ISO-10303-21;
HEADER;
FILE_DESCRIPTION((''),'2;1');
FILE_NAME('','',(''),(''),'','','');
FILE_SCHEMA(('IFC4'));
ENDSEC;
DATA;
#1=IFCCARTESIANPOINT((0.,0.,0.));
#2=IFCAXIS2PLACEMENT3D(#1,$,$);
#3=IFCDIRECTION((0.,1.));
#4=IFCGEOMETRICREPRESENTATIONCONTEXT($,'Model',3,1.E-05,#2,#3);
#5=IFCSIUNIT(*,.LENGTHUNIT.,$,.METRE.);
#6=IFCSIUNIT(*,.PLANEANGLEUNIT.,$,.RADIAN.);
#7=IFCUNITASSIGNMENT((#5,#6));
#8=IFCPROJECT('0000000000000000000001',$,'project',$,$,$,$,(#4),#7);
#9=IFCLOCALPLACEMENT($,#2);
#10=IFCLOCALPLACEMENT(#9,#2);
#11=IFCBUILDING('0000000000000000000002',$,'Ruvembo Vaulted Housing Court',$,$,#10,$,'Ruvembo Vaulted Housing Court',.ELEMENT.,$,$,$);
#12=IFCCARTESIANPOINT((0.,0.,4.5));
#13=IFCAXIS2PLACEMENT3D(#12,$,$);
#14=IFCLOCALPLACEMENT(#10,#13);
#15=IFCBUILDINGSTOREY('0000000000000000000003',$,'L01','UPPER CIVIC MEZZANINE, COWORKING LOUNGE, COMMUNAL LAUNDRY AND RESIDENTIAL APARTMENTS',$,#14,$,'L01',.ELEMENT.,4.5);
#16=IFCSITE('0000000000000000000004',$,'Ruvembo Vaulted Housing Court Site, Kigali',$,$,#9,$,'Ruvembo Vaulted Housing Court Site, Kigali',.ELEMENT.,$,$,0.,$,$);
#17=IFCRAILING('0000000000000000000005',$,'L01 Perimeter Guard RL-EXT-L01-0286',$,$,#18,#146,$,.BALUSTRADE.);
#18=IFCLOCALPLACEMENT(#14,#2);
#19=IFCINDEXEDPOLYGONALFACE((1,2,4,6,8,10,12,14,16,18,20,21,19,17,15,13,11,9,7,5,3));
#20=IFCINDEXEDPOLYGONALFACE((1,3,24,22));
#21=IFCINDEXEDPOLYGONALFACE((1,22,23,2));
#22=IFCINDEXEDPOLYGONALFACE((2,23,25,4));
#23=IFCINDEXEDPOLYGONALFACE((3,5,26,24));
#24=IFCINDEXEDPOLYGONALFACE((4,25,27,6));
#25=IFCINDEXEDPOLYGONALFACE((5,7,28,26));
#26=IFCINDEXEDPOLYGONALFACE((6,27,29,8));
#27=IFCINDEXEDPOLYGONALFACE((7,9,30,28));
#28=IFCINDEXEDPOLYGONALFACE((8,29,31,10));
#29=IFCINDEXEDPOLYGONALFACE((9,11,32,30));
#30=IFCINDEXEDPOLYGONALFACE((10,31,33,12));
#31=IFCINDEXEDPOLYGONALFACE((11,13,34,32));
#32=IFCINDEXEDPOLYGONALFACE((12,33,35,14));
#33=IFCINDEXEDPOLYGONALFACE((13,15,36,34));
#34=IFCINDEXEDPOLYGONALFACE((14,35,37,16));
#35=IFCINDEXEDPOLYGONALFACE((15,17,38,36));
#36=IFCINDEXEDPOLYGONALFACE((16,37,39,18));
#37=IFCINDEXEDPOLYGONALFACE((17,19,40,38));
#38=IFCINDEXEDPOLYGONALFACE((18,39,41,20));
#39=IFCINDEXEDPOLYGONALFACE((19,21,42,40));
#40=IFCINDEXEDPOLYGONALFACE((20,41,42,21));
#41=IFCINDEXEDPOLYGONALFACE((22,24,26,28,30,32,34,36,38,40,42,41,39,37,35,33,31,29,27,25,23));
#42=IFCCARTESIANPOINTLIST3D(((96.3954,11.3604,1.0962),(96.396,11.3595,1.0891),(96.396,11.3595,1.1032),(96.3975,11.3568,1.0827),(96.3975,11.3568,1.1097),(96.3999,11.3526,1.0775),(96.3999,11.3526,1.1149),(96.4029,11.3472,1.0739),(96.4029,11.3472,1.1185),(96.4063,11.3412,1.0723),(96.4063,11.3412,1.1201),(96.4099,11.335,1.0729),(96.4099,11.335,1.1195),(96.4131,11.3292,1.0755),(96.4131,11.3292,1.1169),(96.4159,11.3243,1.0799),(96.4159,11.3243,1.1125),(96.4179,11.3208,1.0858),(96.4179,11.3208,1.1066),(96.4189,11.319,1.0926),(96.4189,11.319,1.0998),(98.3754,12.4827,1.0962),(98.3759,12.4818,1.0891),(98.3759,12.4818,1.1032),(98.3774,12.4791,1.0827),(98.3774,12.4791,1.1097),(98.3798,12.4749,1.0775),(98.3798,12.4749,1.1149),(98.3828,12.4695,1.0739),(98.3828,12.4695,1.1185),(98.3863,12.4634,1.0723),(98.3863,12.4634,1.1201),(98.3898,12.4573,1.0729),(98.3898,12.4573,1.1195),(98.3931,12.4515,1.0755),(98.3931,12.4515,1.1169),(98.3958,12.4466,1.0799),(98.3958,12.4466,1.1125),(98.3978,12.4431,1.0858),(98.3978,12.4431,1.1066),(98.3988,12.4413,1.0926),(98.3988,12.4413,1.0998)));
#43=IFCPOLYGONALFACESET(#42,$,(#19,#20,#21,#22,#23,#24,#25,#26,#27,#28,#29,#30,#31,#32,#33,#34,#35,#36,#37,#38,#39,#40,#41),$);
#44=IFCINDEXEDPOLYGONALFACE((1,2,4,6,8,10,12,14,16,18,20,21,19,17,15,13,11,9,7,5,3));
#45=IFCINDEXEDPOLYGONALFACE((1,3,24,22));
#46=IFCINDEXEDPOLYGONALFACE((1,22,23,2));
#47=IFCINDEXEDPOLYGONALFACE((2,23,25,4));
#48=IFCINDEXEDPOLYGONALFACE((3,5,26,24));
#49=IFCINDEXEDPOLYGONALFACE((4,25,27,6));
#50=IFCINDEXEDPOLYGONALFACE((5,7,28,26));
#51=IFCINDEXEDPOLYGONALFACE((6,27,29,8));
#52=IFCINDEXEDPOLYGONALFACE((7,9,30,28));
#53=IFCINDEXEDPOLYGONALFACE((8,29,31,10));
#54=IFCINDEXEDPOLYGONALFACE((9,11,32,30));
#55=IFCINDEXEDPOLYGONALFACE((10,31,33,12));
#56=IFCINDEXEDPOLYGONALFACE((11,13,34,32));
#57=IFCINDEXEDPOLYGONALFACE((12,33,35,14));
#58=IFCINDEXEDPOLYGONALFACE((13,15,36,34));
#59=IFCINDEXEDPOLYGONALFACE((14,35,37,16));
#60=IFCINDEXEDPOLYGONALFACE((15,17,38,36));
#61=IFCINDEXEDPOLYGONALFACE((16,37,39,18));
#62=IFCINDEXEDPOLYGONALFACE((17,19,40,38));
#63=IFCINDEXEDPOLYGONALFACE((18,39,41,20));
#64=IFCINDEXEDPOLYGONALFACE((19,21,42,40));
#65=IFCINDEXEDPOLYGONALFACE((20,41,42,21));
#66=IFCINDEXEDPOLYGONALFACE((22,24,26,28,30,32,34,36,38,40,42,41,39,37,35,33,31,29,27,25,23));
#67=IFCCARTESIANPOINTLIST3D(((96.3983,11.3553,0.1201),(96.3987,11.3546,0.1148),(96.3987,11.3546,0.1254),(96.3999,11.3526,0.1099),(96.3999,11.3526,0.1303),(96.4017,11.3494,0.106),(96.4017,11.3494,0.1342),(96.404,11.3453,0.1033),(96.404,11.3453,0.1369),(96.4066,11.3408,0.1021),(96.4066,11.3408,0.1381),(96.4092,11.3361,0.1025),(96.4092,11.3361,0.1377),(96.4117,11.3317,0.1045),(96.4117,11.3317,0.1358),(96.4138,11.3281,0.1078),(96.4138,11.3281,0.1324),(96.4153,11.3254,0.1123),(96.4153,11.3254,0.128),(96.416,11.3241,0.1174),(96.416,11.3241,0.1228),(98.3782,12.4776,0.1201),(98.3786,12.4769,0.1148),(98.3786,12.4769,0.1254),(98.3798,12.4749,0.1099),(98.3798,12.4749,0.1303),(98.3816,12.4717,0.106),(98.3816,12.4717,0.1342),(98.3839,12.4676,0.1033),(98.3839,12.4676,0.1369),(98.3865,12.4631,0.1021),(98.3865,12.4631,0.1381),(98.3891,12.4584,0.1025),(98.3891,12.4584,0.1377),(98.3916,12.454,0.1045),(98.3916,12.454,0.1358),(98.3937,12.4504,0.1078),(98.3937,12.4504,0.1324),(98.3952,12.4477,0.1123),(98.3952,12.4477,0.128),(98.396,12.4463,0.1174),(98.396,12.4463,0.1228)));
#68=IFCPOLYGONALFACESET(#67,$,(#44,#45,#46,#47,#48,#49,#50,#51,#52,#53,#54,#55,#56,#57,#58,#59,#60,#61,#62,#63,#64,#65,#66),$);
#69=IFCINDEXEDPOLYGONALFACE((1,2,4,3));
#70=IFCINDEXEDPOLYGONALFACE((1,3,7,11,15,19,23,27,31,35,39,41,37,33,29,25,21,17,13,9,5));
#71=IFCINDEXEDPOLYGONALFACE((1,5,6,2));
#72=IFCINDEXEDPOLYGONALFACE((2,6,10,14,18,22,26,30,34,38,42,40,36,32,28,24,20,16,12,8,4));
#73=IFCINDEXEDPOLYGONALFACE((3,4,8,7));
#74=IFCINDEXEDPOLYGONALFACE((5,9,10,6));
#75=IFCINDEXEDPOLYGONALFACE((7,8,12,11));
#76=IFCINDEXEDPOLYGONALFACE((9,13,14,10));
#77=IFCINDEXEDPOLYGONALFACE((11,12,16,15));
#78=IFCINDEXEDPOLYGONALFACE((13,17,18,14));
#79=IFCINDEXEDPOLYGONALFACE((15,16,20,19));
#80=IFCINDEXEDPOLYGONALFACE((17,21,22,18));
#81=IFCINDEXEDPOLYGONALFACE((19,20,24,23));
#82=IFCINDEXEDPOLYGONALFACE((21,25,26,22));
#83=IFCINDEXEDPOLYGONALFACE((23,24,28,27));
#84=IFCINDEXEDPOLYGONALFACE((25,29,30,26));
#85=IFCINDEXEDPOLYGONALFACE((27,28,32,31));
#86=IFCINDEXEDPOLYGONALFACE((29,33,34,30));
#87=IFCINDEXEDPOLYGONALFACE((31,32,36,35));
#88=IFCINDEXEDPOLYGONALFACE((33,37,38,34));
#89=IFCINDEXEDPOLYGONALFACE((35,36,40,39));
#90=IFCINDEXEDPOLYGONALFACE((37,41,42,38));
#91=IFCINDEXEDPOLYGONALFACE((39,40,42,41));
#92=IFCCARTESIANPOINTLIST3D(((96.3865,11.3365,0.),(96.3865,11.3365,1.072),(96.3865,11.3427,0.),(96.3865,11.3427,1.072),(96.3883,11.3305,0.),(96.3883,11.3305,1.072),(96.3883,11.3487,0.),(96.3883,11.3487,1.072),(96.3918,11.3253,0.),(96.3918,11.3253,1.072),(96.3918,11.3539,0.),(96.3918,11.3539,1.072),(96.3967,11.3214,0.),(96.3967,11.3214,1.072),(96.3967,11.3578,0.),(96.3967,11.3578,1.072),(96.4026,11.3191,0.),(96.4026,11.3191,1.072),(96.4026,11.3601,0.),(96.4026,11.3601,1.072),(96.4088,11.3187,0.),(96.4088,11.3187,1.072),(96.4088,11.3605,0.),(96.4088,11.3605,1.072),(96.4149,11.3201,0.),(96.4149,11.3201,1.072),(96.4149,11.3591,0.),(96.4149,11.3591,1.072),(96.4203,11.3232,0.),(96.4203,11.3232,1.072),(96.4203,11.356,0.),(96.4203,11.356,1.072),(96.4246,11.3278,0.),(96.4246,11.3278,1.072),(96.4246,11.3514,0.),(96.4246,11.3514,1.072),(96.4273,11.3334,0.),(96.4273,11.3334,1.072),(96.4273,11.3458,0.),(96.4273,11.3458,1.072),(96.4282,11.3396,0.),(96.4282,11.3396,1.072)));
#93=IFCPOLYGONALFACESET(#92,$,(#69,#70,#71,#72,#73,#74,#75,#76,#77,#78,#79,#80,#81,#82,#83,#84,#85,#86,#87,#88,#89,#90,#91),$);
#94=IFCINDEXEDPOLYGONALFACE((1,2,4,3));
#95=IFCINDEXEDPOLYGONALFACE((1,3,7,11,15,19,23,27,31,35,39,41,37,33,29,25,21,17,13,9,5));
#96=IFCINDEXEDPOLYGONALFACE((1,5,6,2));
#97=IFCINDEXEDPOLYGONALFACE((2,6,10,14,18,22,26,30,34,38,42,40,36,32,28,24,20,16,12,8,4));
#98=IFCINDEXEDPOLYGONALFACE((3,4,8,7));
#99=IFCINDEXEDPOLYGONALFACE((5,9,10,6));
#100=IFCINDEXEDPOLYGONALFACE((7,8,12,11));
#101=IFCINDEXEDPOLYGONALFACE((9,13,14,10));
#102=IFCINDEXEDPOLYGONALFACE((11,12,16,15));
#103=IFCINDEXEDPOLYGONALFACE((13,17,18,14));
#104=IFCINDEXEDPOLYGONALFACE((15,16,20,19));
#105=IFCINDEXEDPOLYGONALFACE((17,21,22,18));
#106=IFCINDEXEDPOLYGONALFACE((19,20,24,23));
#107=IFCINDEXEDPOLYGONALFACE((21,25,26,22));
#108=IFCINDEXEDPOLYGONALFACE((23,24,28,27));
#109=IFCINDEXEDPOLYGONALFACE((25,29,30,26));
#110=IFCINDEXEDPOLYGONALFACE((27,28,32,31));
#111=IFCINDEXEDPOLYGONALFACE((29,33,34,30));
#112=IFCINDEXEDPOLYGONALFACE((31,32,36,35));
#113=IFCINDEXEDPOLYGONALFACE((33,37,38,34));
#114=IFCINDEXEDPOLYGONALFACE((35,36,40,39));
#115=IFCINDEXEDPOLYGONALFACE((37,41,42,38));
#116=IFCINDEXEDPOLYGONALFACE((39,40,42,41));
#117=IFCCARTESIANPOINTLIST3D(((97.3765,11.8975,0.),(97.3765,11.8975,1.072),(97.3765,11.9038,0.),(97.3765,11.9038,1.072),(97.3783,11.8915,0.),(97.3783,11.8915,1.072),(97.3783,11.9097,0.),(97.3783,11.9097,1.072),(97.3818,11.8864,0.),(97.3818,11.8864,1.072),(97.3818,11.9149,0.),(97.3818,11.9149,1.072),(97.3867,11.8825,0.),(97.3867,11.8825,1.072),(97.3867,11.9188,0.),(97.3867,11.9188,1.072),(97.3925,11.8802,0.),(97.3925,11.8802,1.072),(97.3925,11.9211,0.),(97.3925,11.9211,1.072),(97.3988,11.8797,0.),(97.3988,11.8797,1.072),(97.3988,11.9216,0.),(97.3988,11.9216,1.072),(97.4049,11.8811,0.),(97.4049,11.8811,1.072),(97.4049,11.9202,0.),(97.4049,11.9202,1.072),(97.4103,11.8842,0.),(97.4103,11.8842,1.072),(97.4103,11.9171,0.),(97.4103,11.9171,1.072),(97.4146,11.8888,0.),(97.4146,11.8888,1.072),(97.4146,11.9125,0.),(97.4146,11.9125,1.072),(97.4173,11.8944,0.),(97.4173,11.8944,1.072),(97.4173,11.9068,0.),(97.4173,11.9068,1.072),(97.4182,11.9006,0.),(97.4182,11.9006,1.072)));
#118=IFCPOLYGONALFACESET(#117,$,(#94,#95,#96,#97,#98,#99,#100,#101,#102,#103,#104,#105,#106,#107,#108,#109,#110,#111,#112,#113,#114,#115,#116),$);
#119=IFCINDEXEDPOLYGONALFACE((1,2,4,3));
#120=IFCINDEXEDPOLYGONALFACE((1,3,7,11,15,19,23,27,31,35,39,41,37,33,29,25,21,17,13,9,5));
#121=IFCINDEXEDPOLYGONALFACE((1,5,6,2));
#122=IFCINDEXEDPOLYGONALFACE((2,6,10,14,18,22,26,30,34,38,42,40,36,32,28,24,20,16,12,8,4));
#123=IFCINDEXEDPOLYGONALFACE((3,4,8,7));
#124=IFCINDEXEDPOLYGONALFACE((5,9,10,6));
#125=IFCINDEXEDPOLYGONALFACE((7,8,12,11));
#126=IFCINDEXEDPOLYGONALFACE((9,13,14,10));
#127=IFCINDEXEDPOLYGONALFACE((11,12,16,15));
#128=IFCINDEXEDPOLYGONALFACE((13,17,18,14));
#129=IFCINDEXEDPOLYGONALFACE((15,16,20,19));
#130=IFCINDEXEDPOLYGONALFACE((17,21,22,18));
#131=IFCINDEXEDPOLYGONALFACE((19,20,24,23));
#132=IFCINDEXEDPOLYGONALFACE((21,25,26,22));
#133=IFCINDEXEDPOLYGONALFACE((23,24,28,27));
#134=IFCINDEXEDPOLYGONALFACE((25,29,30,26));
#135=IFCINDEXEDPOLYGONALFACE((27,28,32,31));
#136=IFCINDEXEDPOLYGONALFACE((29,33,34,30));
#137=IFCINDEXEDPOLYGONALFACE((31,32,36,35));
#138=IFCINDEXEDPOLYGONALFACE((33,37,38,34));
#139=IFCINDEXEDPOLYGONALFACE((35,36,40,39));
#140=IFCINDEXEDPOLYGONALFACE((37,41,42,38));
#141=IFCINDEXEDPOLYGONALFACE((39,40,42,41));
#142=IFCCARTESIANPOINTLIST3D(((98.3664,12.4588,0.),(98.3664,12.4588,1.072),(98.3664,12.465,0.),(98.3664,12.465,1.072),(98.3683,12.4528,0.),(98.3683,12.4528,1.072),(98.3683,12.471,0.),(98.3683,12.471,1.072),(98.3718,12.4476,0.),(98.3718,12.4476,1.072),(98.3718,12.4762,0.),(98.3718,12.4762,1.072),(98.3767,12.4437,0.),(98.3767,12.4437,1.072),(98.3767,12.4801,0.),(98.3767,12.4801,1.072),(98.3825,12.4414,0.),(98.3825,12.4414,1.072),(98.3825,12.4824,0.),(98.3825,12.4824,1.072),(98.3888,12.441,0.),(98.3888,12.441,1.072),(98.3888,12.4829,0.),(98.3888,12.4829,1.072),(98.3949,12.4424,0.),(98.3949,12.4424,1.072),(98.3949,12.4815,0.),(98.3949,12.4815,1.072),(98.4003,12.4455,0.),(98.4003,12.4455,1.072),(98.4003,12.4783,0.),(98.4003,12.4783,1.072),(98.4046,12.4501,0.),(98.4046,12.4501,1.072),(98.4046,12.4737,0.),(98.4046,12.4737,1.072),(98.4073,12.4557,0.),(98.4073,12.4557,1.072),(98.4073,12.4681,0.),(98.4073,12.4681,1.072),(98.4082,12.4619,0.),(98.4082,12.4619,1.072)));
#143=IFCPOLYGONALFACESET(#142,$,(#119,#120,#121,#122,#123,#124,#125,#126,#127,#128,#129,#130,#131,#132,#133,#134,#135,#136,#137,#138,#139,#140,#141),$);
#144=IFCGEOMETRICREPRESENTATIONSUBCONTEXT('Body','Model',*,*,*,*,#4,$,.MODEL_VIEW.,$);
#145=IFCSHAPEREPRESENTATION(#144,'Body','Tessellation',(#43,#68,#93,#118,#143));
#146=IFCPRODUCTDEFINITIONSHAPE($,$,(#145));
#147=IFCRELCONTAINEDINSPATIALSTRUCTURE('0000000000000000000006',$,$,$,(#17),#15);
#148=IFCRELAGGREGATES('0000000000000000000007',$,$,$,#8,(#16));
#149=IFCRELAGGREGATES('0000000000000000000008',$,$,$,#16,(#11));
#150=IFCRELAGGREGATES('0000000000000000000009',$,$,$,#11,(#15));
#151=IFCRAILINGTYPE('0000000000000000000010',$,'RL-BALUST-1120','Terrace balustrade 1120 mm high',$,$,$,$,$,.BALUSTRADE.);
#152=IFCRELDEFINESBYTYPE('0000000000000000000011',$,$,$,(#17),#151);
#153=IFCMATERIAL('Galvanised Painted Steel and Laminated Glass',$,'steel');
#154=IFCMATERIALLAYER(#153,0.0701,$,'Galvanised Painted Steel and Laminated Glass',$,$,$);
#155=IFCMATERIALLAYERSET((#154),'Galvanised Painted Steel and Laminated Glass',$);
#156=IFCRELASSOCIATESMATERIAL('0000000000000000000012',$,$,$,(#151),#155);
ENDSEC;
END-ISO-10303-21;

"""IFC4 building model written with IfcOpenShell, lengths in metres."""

from ifc_helpers import new_model, si_unit, direction, frame, origin, origin_2d, place, context, subcontext, project, spatial, circle, extrude, material, layer, layer_set, type_object, element, save


model = new_model("IFC4")

# Units and contexts
model_context = context("Model", 3, precision=1e-05, world=origin(), true_north=direction((0.0, 1.0)))
body_context = subcontext(model_context, "Body", "Model", "MODEL_VIEW")
ifc_project = project(units=[si_unit("LENGTHUNIT", "METRE"), si_unit("PLANEANGLEUNIT", "RADIAN")], contexts=[model_context])

# Site, building, storey
site_placement = place(None, origin())
site = spatial("IfcSite", under=ifc_project, at=site_placement, Name="Ruvembo Vaulted Housing Court Site, Kigali", LongName="Ruvembo Vaulted Housing Court Site, Kigali", CompositionType="ELEMENT", RefElevation=0.0)
building_placement = place(site_placement, origin())
building = spatial("IfcBuilding", under=site, at=building_placement, Name="Ruvembo Vaulted Housing Court", LongName="Ruvembo Vaulted Housing Court", CompositionType="ELEMENT")
storey_placement = place(building_placement, frame((0.0, 0.0, 4.5)))
storey = spatial("IfcBuildingStorey", under=building, at=storey_placement, Name="L01", Description="UPPER CIVIC MEZZANINE, COWORKING LOUNGE, COMMUNAL LAUNDRY AND RESIDENTIAL APARTMENTS", LongName="L01", CompositionType="ELEMENT", Elevation=4.5)

# Railing
ifc_material_1 = material(Name="Galvanised Painted Steel and Laminated Glass", Category="steel")
ifc_layer_1 = layer(ifc_material_1, 0.0701, Name="Galvanised Painted Steel and Laminated Glass")
ifc_layer_set_1 = layer_set([ifc_layer_1], Name="Galvanised Painted Steel and Laminated Glass")
railing_type = type_object("IfcRailingType", Name="RL-BALUST-1120", Description="Terrace balustrade 1120 mm high", PredefinedType="BALUSTRADE", material=ifc_layer_set_1)
railing_1_placement = place(storey_placement, frame((96.4072, 11.3396, 0.0)))
element("IfcRailing", 1, at=railing_1_placement, inside=storey, type_object=railing_type, Name="L01 Perimeter Guard RL-EXT-L01-0286", PredefinedType="BALUSTRADE", context=body_context, shape_type="SweptSolid", body=[
    extrude(circle(Radius=0.0239, at=origin_2d()), frame((0.0, 0.0, 1.0962), z_axis=(0.869961, 0.493121, 0.0), x_axis=(-0.493121, 0.869961, 0.0)), (0.0, 0.0, 1.0), 2.2759),
    extrude(circle(Radius=0.0181, at=origin_2d()), frame((0.0, 0.0, 0.1201), z_axis=(0.869961, 0.493121, 0.0), x_axis=(-0.493121, 0.869961, 0.0)), (0.0, 0.0, 1.0), 2.2759),
    extrude(circle(Radius=0.021, at=origin_2d()), origin(), (0.0, 0.0, 1.0), 1.072),
    extrude(circle(Radius=0.021, at=origin_2d()), frame((0.99, 0.561, 0.0)), (0.0, 0.0, 1.0), 1.072),
    extrude(circle(Radius=0.021, at=origin_2d()), frame((1.98, 1.1223, 0.0)), (0.0, 0.0, 1.0), 1.072),
])

save(model, "model.ifc")
